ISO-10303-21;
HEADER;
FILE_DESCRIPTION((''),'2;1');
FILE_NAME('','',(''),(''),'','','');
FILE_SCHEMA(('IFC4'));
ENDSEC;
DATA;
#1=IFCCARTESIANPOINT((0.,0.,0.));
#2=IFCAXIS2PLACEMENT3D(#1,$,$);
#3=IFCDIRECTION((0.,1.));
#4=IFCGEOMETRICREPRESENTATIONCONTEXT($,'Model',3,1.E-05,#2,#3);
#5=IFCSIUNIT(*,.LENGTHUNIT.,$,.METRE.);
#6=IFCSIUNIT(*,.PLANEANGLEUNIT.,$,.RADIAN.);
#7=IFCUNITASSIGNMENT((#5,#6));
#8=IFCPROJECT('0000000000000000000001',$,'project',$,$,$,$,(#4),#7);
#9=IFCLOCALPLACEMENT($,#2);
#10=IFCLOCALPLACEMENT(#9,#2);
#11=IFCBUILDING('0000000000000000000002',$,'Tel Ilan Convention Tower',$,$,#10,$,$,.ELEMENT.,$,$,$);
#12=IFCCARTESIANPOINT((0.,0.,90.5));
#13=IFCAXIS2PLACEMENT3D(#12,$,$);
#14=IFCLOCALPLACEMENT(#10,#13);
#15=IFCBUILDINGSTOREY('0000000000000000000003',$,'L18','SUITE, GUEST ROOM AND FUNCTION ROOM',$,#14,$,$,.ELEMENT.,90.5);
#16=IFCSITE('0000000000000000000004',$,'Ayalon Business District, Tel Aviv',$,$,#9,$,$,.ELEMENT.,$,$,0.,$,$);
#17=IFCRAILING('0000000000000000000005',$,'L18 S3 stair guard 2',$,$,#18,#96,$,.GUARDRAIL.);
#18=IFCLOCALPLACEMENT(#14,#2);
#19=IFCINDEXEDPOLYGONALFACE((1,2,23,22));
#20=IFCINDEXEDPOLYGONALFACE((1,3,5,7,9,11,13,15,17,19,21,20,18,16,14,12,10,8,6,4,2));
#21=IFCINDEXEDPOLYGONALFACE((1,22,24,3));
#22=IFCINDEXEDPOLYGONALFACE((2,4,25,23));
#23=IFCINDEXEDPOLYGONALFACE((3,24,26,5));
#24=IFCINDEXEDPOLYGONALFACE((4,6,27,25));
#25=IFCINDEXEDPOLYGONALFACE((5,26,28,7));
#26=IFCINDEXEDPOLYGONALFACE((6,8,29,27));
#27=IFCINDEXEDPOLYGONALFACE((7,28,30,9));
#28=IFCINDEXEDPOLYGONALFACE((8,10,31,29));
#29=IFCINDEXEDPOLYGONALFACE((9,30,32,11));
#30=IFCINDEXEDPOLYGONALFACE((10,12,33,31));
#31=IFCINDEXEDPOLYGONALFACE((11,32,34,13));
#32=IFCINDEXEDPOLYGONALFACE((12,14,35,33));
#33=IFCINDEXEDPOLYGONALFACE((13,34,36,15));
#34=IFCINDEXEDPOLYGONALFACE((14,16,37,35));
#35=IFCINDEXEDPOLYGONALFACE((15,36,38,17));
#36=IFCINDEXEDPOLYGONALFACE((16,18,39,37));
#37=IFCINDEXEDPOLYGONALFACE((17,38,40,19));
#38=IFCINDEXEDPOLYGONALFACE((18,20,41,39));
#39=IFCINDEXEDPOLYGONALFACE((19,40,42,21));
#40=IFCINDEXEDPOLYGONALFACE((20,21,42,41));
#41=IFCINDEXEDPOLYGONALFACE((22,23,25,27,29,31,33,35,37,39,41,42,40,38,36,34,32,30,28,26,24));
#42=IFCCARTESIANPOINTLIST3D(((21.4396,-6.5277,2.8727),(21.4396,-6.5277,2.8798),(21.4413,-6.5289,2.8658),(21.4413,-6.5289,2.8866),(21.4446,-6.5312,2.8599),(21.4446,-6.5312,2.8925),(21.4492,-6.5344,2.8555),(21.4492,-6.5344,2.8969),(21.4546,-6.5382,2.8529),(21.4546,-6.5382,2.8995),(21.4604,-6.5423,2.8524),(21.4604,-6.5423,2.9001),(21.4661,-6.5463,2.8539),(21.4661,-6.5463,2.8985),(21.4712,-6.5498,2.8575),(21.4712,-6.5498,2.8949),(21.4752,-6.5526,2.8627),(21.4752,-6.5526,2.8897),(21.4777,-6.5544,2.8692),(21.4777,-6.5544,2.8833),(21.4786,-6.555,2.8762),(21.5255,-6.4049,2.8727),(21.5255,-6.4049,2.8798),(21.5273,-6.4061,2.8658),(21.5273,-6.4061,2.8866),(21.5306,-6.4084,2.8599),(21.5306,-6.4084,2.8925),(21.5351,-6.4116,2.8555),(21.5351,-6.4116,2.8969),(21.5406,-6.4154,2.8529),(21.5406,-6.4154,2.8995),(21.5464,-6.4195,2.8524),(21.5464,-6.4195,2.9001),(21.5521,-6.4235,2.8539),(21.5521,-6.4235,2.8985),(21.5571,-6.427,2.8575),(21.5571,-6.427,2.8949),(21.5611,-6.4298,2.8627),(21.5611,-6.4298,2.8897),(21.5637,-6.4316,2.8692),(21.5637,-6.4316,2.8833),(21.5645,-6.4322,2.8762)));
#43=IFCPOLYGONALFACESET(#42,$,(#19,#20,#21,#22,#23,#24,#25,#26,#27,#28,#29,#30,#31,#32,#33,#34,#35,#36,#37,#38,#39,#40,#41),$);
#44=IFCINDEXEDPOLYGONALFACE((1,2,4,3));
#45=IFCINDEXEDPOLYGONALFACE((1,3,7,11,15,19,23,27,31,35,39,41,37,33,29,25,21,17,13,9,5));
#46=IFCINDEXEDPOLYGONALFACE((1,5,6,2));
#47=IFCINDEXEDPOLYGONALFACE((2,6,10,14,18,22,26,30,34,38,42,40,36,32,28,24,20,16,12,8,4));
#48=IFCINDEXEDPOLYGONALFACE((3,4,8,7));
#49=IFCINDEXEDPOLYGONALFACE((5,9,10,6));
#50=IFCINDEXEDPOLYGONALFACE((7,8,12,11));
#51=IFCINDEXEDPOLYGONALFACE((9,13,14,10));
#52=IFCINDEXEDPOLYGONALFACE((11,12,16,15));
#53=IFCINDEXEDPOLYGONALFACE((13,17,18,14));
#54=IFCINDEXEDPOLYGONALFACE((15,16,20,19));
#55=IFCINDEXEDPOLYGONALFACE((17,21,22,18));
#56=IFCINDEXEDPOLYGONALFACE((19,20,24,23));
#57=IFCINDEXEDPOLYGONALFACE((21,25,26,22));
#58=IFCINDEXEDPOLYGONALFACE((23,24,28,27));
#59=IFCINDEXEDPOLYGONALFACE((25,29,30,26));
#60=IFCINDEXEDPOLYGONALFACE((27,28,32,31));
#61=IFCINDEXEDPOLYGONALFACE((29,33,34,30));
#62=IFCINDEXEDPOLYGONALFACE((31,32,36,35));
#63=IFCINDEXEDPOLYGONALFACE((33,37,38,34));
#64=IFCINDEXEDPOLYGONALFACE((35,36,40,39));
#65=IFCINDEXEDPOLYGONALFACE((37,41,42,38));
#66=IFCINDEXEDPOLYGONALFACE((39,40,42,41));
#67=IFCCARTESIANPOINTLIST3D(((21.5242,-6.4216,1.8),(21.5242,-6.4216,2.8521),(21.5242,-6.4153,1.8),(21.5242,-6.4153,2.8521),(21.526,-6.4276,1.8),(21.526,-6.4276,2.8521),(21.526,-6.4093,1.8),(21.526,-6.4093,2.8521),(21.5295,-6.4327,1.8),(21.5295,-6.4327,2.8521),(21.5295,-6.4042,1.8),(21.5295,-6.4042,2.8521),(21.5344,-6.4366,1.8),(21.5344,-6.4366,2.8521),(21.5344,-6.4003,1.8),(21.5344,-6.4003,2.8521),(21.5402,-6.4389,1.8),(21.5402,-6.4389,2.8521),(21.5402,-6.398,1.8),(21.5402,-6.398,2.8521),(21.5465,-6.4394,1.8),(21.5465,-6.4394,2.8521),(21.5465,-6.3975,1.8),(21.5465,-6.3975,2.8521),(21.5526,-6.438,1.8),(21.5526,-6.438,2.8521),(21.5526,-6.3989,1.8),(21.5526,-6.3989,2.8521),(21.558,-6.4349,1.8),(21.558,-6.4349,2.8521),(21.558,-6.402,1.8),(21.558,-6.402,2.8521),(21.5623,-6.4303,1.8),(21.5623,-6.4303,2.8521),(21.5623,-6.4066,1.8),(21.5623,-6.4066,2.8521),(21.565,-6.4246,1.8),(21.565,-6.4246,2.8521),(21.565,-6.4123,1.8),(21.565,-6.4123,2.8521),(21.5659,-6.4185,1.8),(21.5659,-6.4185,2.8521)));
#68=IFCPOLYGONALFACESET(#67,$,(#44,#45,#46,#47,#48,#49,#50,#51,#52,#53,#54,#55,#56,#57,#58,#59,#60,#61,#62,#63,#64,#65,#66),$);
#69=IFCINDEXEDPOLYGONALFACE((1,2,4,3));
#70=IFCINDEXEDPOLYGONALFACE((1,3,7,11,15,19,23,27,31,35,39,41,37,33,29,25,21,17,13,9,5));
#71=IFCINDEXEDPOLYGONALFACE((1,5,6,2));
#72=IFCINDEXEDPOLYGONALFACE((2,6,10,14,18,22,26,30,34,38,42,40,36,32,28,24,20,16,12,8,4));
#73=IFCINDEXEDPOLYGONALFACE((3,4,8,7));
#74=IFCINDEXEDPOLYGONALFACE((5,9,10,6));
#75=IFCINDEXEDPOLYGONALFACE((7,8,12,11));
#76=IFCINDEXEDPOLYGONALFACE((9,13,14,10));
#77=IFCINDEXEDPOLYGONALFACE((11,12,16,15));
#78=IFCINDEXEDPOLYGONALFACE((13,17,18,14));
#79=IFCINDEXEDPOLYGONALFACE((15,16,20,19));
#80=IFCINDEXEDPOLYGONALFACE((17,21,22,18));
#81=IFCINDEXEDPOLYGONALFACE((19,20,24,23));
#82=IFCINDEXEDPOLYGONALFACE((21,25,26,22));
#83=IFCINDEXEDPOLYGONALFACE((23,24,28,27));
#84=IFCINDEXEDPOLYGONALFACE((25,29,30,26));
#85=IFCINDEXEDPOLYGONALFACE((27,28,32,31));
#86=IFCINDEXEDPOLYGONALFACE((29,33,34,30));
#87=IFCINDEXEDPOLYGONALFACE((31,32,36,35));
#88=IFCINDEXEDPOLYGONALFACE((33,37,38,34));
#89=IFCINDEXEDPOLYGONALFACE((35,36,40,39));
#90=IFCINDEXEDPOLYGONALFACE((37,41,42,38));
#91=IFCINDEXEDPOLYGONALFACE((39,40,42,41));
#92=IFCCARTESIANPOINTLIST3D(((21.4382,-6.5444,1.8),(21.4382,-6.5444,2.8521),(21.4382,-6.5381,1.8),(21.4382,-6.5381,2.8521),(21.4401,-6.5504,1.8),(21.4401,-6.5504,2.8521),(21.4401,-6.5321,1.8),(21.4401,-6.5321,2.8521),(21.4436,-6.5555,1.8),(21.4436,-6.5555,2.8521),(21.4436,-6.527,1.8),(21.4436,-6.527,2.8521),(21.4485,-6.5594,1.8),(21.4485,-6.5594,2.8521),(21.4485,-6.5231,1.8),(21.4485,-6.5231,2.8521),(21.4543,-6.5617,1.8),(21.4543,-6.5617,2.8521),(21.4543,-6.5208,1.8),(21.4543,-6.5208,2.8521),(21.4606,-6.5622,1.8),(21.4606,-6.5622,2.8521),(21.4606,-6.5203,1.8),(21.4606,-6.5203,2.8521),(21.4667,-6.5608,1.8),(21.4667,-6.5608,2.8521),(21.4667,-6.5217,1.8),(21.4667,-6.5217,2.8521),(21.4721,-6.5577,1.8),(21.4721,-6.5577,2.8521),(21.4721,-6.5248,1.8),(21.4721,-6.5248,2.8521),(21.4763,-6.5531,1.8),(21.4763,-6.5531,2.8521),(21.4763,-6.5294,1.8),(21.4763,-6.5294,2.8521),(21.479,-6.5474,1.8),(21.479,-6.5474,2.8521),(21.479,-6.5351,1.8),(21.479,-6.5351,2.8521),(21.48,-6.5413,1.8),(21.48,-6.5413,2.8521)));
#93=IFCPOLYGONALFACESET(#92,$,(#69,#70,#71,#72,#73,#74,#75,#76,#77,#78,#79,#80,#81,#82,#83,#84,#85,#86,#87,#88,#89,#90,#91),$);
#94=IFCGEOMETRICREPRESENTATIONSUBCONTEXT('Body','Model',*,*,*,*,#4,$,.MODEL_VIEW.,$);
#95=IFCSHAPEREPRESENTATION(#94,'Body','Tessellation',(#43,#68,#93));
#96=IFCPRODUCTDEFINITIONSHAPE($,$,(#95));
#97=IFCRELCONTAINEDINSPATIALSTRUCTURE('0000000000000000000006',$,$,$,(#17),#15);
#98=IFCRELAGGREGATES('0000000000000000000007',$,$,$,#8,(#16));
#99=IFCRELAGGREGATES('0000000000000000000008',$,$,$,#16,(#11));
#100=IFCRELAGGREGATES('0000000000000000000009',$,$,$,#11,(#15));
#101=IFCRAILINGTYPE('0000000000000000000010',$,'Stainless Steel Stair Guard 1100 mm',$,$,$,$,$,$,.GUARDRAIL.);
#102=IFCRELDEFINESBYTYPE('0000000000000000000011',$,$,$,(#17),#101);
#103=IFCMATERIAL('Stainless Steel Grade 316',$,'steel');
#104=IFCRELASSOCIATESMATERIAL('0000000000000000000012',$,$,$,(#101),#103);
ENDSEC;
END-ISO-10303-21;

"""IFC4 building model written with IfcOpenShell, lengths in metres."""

from ifc_helpers import new_model, si_unit, direction, frame, origin, origin_2d, place, context, subcontext, project, spatial, circle, extrude, material, type_object, element, save


model = new_model("IFC4")

# Units and contexts
model_context = context("Model", 3, precision=1e-05, world=origin(), true_north=direction((0.0, 1.0)))
body_context = subcontext(model_context, "Body", "Model", "MODEL_VIEW")
ifc_project = project(units=[si_unit("LENGTHUNIT", "METRE"), si_unit("PLANEANGLEUNIT", "RADIAN")], contexts=[model_context])

# Site, building, storey
site_placement = place(None, origin())
site = spatial("IfcSite", under=ifc_project, at=site_placement, Name="Ayalon Business District, Tel Aviv", CompositionType="ELEMENT", RefElevation=0.0)
building_placement = place(site_placement, origin())
building = spatial("IfcBuilding", under=site, at=building_placement, Name="Tel Ilan Convention Tower", CompositionType="ELEMENT")
storey_placement = place(building_placement, frame((0.0, 0.0, 90.5)))
storey = spatial("IfcBuildingStorey", under=building, at=storey_placement, Name="L18", Description="SUITE, GUEST ROOM AND FUNCTION ROOM", CompositionType="ELEMENT", Elevation=90.5)

# Railing
ifc_material_1 = material(Name="Stainless Steel Grade 316", Category="steel")
railing_type_1 = type_object("IfcRailingType", Name="Stainless Steel Stair Guard 1100 mm", PredefinedType="GUARDRAIL", material=ifc_material_1)
railing_1_placement = place(storey_placement, frame((21.5449, -6.4185, 1.8)))
element("IfcRailing", 1, at=railing_1_placement, inside=storey, type_object=railing_type_1, Name="L18 S3 stair guard 2", PredefinedType="GUARDRAIL", context=body_context, shape_type="SweptSolid", body=[
    extrude(circle(Radius=0.0239, at=origin_2d()), frame((0.0, 0.0, 1.0762), z_axis=(-0.573353, -0.819308, 0.0), x_axis=(0.819308, -0.573353, 0.0)), (0.0, 0.0, 1.0), 0.1499),
    extrude(circle(Radius=0.021, at=origin_2d()), origin(), (0.0, 0.0, 1.0), 1.052),
    extrude(circle(Radius=0.021, at=origin_2d()), frame((-0.0859, -0.1228, 0.0)), (0.0, 0.0, 1.0), 1.052),
])

save(model, "model.ifc")
